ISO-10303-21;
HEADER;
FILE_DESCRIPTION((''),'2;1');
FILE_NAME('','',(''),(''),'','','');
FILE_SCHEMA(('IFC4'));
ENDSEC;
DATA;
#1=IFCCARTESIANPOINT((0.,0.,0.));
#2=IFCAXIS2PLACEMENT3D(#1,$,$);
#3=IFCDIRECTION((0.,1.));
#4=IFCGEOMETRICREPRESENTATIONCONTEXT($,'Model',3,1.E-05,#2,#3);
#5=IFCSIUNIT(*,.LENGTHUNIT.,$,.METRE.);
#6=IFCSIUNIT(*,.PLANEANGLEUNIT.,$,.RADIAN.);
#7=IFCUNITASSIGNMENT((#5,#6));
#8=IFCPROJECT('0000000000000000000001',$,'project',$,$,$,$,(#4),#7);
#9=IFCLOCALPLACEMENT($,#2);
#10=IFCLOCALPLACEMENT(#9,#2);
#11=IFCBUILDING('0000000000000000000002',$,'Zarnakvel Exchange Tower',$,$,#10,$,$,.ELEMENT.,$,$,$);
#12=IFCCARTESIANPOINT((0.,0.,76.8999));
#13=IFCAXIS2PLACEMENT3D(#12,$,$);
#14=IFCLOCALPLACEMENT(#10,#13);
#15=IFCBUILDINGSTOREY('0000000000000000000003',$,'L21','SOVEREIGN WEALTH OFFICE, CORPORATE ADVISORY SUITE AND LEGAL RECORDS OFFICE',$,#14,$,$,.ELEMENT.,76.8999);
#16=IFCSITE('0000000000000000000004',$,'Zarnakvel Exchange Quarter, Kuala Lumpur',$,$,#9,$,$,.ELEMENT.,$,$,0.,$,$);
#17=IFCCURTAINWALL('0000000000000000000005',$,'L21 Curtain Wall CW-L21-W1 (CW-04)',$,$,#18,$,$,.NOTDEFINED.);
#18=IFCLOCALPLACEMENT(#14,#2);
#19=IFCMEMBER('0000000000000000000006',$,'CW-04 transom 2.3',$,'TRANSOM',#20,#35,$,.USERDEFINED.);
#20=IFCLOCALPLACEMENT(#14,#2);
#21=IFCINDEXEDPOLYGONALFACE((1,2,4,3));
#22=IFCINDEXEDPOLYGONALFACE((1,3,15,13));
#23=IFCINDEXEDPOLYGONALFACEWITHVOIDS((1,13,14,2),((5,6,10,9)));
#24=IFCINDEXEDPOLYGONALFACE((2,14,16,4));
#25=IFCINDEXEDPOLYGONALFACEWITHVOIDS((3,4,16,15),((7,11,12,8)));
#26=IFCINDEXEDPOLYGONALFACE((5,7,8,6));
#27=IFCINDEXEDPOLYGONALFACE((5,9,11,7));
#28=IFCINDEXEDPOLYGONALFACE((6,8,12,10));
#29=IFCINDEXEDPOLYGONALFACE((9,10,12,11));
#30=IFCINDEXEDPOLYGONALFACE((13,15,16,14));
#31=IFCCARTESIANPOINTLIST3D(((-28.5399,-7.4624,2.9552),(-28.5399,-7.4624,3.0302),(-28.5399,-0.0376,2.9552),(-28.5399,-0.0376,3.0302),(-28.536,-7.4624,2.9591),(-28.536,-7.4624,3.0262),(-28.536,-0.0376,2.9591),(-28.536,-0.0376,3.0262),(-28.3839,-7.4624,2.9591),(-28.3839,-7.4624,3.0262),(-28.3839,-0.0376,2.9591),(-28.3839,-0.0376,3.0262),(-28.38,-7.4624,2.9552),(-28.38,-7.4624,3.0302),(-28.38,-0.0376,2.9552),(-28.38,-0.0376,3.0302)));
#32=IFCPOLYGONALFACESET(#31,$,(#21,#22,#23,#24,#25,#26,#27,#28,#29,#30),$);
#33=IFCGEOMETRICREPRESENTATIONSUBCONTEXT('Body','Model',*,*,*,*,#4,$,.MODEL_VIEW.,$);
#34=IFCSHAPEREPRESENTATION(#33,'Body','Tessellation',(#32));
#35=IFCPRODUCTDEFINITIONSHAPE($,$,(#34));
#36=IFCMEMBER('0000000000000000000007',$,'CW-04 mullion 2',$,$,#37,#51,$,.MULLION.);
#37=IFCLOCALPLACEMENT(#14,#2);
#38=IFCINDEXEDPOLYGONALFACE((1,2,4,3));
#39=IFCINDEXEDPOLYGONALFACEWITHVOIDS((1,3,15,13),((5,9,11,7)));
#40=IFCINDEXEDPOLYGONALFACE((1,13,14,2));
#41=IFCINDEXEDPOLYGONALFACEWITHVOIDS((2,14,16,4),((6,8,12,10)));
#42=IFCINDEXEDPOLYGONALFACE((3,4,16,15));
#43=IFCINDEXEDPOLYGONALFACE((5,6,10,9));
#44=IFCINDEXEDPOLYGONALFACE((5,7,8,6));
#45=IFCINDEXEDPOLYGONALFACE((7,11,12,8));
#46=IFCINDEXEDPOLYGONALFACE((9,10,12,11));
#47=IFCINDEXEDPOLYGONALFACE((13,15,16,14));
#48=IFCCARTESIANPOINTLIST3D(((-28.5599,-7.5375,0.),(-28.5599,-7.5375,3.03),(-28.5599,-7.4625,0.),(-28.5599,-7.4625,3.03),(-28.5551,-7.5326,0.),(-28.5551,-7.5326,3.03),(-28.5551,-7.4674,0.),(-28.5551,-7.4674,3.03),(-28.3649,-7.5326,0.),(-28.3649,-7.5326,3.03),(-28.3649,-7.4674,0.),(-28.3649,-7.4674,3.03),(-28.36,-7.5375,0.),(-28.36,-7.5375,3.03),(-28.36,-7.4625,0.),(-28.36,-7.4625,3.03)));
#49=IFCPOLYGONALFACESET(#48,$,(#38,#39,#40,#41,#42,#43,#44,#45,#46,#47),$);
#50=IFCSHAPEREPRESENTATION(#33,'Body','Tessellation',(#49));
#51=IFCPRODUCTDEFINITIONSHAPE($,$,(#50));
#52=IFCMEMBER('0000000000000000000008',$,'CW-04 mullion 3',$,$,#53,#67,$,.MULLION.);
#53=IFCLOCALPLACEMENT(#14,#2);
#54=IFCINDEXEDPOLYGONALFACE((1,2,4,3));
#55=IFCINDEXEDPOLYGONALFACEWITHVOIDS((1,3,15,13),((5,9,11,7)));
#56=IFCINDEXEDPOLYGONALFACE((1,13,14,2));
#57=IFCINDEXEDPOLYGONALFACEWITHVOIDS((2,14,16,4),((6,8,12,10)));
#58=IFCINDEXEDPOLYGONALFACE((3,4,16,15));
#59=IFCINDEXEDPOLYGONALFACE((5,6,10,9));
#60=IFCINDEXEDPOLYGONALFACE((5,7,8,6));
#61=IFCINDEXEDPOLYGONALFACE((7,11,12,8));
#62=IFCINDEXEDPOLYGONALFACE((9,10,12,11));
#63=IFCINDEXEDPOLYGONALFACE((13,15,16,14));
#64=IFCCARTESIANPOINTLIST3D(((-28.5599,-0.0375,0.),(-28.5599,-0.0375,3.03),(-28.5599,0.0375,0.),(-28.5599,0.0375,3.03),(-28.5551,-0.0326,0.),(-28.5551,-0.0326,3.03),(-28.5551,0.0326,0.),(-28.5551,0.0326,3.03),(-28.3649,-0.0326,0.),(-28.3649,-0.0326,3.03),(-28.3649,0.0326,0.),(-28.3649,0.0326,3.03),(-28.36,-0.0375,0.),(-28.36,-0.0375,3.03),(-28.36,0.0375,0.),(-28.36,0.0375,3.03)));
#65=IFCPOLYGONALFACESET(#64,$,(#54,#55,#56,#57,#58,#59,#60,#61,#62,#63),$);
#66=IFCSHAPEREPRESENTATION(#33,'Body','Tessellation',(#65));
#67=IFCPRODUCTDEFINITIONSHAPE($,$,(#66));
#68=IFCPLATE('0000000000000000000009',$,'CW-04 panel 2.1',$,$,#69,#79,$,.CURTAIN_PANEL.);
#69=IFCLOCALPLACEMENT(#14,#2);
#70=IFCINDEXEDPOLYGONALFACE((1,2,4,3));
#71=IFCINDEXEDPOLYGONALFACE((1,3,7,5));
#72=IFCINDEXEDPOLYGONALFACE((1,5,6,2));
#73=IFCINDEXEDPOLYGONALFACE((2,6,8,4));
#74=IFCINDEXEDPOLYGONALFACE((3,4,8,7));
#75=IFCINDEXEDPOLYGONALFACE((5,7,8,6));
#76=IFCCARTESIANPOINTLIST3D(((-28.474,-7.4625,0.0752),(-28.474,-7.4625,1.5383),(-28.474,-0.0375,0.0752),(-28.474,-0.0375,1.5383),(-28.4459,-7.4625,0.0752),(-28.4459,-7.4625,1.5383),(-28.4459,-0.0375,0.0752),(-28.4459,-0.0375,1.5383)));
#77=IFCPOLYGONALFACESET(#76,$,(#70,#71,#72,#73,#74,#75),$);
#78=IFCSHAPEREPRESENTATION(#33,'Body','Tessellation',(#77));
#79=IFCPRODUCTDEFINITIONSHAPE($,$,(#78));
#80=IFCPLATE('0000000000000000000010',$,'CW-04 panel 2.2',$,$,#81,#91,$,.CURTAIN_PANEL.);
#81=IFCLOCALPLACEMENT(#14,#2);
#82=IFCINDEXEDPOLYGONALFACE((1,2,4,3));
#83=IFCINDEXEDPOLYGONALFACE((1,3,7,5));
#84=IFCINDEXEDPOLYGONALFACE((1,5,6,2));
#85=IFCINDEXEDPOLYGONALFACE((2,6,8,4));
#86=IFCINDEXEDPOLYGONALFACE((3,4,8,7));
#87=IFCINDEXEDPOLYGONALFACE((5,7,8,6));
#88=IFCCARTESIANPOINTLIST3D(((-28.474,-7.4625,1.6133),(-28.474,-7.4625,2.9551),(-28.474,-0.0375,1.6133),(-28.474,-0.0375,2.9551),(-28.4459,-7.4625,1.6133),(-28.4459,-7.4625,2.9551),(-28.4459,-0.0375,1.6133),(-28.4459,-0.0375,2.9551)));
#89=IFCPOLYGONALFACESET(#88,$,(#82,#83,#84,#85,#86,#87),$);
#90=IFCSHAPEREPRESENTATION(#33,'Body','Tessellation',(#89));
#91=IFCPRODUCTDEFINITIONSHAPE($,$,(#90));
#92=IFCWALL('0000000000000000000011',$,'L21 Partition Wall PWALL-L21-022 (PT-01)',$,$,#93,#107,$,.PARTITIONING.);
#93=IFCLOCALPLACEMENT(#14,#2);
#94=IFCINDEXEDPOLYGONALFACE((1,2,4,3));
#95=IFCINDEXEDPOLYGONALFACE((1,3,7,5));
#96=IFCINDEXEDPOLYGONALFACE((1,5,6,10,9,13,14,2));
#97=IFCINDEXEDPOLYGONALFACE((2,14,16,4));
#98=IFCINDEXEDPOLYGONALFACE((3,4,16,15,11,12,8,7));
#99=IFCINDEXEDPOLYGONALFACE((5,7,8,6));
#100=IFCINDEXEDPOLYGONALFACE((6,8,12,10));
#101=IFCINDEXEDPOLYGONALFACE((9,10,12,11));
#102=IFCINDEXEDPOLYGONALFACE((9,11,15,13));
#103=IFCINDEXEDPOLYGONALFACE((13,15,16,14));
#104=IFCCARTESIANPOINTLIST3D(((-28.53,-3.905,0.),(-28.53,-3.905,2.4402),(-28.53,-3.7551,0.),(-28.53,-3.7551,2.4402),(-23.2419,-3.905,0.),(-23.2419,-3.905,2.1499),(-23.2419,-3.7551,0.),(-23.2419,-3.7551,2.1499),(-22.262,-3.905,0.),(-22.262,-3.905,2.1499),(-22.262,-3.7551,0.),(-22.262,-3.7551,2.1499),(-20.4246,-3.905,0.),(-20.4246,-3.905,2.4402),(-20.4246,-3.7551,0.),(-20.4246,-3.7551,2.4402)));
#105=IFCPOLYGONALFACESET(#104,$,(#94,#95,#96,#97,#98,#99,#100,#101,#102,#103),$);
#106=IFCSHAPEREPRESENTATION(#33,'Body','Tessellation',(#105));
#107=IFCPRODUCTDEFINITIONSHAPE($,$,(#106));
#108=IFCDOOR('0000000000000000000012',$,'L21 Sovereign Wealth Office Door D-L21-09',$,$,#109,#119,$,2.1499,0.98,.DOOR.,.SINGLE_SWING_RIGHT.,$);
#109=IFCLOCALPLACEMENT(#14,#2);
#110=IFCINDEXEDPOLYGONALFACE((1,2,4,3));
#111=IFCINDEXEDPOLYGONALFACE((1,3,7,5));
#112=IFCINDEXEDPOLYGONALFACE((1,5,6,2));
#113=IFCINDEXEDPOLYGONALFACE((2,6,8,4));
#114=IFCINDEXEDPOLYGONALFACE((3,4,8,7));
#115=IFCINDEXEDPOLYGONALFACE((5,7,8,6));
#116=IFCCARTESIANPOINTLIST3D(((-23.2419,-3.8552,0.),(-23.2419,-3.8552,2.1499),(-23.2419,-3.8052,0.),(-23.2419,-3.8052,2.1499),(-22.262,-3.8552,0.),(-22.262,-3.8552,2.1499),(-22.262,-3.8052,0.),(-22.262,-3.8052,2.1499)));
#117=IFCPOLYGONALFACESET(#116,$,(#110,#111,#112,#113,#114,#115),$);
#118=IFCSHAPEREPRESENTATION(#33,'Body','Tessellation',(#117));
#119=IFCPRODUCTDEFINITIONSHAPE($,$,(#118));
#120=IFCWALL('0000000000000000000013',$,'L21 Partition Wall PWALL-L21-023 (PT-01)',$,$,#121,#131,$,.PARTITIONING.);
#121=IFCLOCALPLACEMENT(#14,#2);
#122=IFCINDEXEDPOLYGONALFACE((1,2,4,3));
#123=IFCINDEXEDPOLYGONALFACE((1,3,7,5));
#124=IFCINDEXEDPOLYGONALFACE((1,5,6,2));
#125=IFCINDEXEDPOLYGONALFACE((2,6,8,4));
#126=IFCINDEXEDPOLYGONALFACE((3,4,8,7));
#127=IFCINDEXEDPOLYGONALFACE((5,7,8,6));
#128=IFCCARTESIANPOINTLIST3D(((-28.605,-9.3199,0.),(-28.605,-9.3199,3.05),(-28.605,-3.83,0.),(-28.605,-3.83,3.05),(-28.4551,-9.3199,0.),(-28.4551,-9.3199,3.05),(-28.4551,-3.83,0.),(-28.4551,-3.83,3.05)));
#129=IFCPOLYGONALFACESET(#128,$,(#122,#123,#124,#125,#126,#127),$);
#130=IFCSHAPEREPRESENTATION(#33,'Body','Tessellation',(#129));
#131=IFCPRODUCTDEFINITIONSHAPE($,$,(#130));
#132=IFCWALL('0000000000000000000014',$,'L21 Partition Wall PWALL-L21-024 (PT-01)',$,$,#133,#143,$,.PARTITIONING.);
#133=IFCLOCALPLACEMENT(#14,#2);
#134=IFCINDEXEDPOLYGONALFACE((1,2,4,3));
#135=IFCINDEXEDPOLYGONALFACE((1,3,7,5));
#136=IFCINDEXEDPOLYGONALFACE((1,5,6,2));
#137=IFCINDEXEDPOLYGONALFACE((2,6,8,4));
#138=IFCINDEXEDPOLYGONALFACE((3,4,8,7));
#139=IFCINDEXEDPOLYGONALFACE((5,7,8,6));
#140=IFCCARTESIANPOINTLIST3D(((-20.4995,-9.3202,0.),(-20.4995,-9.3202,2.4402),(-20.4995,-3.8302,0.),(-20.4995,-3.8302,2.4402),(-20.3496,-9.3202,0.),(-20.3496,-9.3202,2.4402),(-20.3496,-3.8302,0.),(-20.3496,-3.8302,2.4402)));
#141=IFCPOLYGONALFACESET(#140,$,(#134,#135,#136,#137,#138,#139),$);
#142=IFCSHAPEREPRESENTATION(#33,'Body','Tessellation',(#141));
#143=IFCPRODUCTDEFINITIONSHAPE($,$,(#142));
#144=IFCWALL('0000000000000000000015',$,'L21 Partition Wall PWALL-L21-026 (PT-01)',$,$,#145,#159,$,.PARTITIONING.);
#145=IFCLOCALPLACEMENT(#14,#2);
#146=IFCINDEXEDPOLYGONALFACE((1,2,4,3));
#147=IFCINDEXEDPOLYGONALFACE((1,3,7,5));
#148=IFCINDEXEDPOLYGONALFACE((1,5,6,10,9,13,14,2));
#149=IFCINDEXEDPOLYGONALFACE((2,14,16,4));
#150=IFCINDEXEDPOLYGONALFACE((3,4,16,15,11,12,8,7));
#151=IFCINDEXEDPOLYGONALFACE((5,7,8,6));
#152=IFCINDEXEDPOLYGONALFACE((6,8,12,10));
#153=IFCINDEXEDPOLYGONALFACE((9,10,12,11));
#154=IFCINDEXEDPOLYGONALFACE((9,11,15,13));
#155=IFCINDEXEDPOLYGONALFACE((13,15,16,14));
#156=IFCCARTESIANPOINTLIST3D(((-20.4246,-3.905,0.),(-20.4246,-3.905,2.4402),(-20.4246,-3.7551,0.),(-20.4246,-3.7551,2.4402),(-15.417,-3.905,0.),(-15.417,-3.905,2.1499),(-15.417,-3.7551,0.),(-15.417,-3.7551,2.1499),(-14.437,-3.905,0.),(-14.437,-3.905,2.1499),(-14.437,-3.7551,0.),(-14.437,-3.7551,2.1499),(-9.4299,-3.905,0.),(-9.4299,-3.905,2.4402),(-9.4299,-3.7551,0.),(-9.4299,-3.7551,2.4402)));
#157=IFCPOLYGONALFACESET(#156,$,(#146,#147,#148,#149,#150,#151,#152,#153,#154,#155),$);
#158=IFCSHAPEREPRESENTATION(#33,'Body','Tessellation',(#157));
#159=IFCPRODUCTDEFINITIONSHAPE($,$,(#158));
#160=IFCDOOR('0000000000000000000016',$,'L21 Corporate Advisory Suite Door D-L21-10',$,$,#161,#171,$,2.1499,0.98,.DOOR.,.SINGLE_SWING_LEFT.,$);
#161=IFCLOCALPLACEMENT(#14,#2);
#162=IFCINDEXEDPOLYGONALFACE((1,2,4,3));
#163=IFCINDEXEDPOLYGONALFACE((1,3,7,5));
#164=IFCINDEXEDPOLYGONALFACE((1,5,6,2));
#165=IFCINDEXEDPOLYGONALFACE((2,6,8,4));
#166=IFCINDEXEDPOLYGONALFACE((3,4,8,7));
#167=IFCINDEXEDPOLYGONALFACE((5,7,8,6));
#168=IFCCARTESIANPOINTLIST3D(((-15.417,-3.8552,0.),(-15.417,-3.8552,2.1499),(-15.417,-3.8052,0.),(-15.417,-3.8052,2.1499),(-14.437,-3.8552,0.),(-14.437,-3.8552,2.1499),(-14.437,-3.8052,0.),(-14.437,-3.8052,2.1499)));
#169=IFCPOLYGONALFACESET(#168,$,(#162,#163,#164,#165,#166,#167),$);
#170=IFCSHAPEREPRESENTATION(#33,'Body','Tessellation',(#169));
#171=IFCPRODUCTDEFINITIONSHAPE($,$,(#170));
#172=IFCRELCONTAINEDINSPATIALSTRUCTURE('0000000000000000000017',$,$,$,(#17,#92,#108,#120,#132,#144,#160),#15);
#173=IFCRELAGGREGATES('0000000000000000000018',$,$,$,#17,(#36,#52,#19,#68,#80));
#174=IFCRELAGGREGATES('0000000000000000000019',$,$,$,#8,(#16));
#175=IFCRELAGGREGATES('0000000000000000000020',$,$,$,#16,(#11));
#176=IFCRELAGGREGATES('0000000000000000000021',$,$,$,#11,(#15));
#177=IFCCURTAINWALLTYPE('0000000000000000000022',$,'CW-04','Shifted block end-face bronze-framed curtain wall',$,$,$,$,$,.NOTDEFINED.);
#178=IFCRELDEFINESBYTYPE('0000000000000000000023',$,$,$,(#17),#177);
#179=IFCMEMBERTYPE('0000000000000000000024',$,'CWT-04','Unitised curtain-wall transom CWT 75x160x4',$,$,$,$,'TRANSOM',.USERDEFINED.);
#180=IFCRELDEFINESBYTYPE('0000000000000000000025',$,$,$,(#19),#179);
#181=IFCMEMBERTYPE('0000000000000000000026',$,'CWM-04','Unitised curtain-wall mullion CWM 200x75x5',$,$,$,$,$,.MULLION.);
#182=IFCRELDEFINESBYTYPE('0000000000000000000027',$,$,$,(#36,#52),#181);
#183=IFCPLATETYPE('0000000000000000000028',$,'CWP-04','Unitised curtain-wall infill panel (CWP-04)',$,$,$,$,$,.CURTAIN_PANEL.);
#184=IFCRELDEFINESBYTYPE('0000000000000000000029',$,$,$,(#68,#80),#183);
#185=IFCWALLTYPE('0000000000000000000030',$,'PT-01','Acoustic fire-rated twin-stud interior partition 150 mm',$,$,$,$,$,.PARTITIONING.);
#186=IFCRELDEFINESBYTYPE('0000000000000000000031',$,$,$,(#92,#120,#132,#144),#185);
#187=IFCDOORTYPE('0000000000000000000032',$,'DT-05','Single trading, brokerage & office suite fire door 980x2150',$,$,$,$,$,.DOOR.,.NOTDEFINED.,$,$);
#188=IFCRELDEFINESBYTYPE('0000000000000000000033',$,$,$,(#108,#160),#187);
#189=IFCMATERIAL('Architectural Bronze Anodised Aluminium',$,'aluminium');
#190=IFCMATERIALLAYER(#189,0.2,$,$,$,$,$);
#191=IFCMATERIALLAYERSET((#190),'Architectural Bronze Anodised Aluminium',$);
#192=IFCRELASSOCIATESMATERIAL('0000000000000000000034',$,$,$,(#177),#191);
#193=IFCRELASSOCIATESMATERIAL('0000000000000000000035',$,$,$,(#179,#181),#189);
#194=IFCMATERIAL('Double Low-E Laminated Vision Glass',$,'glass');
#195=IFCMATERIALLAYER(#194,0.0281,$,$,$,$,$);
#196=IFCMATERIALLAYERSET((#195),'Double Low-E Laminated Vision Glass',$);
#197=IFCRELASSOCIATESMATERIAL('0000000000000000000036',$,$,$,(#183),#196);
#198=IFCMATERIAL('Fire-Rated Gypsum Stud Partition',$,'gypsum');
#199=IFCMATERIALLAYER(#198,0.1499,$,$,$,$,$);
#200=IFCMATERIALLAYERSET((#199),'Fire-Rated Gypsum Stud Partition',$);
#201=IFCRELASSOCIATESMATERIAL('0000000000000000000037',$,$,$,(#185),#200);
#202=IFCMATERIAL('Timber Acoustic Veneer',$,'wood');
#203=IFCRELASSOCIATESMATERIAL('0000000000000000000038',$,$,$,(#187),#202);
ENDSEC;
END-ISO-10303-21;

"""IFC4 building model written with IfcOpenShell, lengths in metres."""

from ifc_helpers import new_model, si_unit, direction, frame, frame_2d, origin, origin_2d, place, context, subcontext, project, spatial, rectangle, hollow_rectangle, extrude, source, transform, mapped, material, layer, layer_set, material_profile, profile_set, type_object, element, fill, aggregate, save


model = new_model("IFC4")

# Units and contexts
model_context = context("Model", 3, precision=1e-05, world=origin(), true_north=direction((0.0, 1.0)))
body_context = subcontext(model_context, "Body", "Model", "MODEL_VIEW")
ifc_project = project(units=[si_unit("LENGTHUNIT", "METRE"), si_unit("PLANEANGLEUNIT", "RADIAN")], contexts=[model_context])

# Site, building, storey
site_placement = place(None, origin())
site = spatial("IfcSite", under=ifc_project, at=site_placement, Name="Zarnakvel Exchange Quarter, Kuala Lumpur", CompositionType="ELEMENT", RefElevation=0.0)
building_placement = place(site_placement, origin())
building = spatial("IfcBuilding", under=site, at=building_placement, Name="Zarnakvel Exchange Tower", CompositionType="ELEMENT")
storey_placement = place(building_placement, frame((0.0, 0.0, 76.8999)))
storey = spatial("IfcBuildingStorey", under=building, at=storey_placement, Name="L21", Description="SOVEREIGN WEALTH OFFICE, CORPORATE ADVISORY SUITE AND LEGAL RECORDS OFFICE", CompositionType="ELEMENT", Elevation=76.8999)

# Curtain wall, members, plates
ifc_material_1 = material(Name="Architectural Bronze Anodised Aluminium", Category="aluminium")
ifc_layer_1 = layer(ifc_material_1, 0.2)
ifc_layer_set_1 = layer_set([ifc_layer_1], Name="Architectural Bronze Anodised Aluminium")
curtain_wall_type = type_object("IfcCurtainWallType", Name="CW-04", Description="Shifted block end-face bronze-framed curtain wall", PredefinedType="NOTDEFINED", material=ifc_layer_set_1)
curtain_wall_placement = place(storey_placement, origin())
curtain_wall = element("IfcCurtainWall", 1, at=curtain_wall_placement, inside=storey, type_object=curtain_wall_type, Name="L21 Curtain Wall CW-L21-W1 (CW-04)", PredefinedType="NOTDEFINED")
ifc_material_profile_1 = material_profile(ifc_material_1, hollow_rectangle(XDim=0.1599, YDim=0.075, WallThickness=0.0039, at=origin_2d()))
ifc_profile_set_1 = profile_set([ifc_material_profile_1], Name="Architectural Bronze Anodised Aluminium")
member_type_1 = type_object("IfcMemberType", Name="CWT-04", Description="Unitised curtain-wall transom CWT 75x160x4", ElementType="TRANSOM", PredefinedType="USERDEFINED", material=ifc_profile_set_1)
shared_shape_1 = source(origin(), body_context, "Body", "SweptSolid", [
    extrude(hollow_rectangle(XDim=0.1599, YDim=0.075, WallThickness=0.0039, at=origin_2d()), origin(), (0.0, 0.0, 1.0), 7.4248),
])
member_1_placement = place(storey_placement, frame((-28.46, -7.4624, 2.9927), z_axis=(0.0, 1.0, 0.0), x_axis=(-1.0, 0.0, 0.0)))
member_1 = element("IfcMember", 2, at=member_1_placement, type_object=member_type_1, Name="CW-04 transom 2.3", ObjectType="TRANSOM", PredefinedType="USERDEFINED", context=body_context, shape_type="MappedRepresentation", body=[
    mapped(shared_shape_1, transform((0.0, 0.0, 0.0), x_axis=(1.0, 0.0, 0.0), y_axis=(0.0, 1.0, 0.0), z_axis=(0.0, 0.0, 1.0), scale=1.0)),
])
ifc_material_profile_2 = material_profile(ifc_material_1, hollow_rectangle(XDim=0.2, YDim=0.075, WallThickness=0.0049, at=origin_2d()))
ifc_profile_set_2 = profile_set([ifc_material_profile_2], Name="Architectural Bronze Anodised Aluminium")
member_type_2 = type_object("IfcMemberType", Name="CWM-04", Description="Unitised curtain-wall mullion CWM 200x75x5", PredefinedType="MULLION", material=ifc_profile_set_2)
shared_shape_2 = source(origin(), body_context, "Body", "SweptSolid", [
    extrude(hollow_rectangle(XDim=0.2, YDim=0.075, WallThickness=0.0049, at=origin_2d()), origin(), (0.0, 0.0, 1.0), 3.03),
])
member_2_placement = place(storey_placement, frame((-28.46, -7.5, 0.0), z_axis=(0.0, 0.0, 1.0), x_axis=(-1.0, 0.0, 0.0)))
member_2 = element("IfcMember", 3, at=member_2_placement, type_object=member_type_2, Name="CW-04 mullion 2", PredefinedType="MULLION", context=body_context, shape_type="MappedRepresentation", body=[
    mapped(shared_shape_2, transform((0.0, 0.0, 0.0), x_axis=(1.0, 0.0, 0.0), y_axis=(0.0, 1.0, 0.0), z_axis=(0.0, 0.0, 1.0), scale=1.0)),
])
member_3_placement = place(storey_placement, frame((-28.46, 0.0, 0.0), z_axis=(0.0, 0.0, 1.0), x_axis=(-1.0, 0.0, 0.0)))
member_3 = element("IfcMember", 4, at=member_3_placement, type_object=member_type_2, Name="CW-04 mullion 3", PredefinedType="MULLION", context=body_context, shape_type="MappedRepresentation", body=[
    mapped(shared_shape_2, transform((0.0, 0.0, 0.0), x_axis=(1.0, 0.0, 0.0), y_axis=(0.0, 1.0, 0.0), z_axis=(0.0, 0.0, 1.0), scale=1.0)),
])
ifc_material_2 = material(Name="Double Low-E Laminated Vision Glass", Category="glass")
ifc_layer_2 = layer(ifc_material_2, 0.0281)
ifc_layer_set_2 = layer_set([ifc_layer_2], Name="Double Low-E Laminated Vision Glass")
plate_type = type_object("IfcPlateType", Name="CWP-04", Description="Unitised curtain-wall infill panel (CWP-04)", PredefinedType="CURTAIN_PANEL", material=ifc_layer_set_2)
shared_shape_3 = source(origin(), body_context, "Body", "SweptSolid", [
    extrude(rectangle(XDim=7.425, YDim=0.0281, at=origin_2d()), origin(), (0.0, 0.0, 1.0), 1.4631),
])
plate_1_placement = place(storey_placement, frame((-28.46, -3.75, 0.0752), z_axis=(0.0, 0.0, 1.0), x_axis=(0.0, 1.0, 0.0)))
plate_1 = element("IfcPlate", 5, at=plate_1_placement, type_object=plate_type, Name="CW-04 panel 2.1", PredefinedType="CURTAIN_PANEL", context=body_context, shape_type="MappedRepresentation", body=[
    mapped(shared_shape_3, transform((0.0, 0.0, 0.0), x_axis=(1.0, 0.0, 0.0), y_axis=(0.0, 1.0, 0.0), z_axis=(0.0, 0.0, 1.0), scale=1.0)),
])
shared_shape_4 = source(origin(), body_context, "Body", "SweptSolid", [
    extrude(rectangle(XDim=7.425, YDim=0.0281, at=origin_2d()), origin(), (0.0, 0.0, 1.0), 1.3418),
])
plate_2_placement = place(storey_placement, frame((-28.46, -3.75, 1.6133), z_axis=(0.0, 0.0, 1.0), x_axis=(0.0, 1.0, 0.0)))
plate_2 = element("IfcPlate", 6, at=plate_2_placement, type_object=plate_type, Name="CW-04 panel 2.2", PredefinedType="CURTAIN_PANEL", context=body_context, shape_type="MappedRepresentation", body=[
    mapped(shared_shape_4, transform((0.0, 0.0, 0.0), x_axis=(1.0, 0.0, 0.0), y_axis=(0.0, 1.0, 0.0), z_axis=(0.0, 0.0, 1.0), scale=1.0)),
])
aggregate(curtain_wall, [member_2, member_3, member_1, plate_1, plate_2])

# Wall, opening, door
ifc_material_3 = material(Name="Fire-Rated Gypsum Stud Partition", Category="gypsum")
ifc_layer_3 = layer(ifc_material_3, 0.1499)
ifc_layer_set_3 = layer_set([ifc_layer_3], Name="Fire-Rated Gypsum Stud Partition")
wall_type = type_object("IfcWallType", Name="PT-01", Description="Acoustic fire-rated twin-stud interior partition 150 mm", PredefinedType="PARTITIONING", material=ifc_layer_set_3)
wall_1_placement = place(storey_placement, frame((-28.53, -3.8301, 0.0), z_axis=(0.0, 0.0, 1.0), x_axis=(1.0, 0.0, 0.0)))
wall_1 = element("IfcWall", 7, at=wall_1_placement, inside=storey, type_object=wall_type, Name="L21 Partition Wall PWALL-L21-022 (PT-01)", PredefinedType="PARTITIONING", context=body_context, shape_type="SweptSolid", body=[
    extrude(rectangle(XDim=8.1055, YDim=0.1499, at=frame_2d((4.0527, 0.0))), origin(), (0.0, 0.0, 1.0), 2.4402),
])
opening_1_placement = place(wall_1_placement, frame((5.2881, 0.0, 0.0)))
opening_1 = element("IfcOpeningElement", 8, at=opening_1_placement, cuts=wall_1, PredefinedType="OPENING", context=body_context, shape_type="SweptSolid", body=[
    extrude(rectangle(XDim=0.98, YDim=2.1499, at=frame_2d((0.49, 1.075))), frame((0.0, 0.085, 0.0), z_axis=(0.0, -1.0, 0.0), x_axis=(1.0, 0.0, 0.0)), (0.0, 0.0, 1.0), 0.1699),
])
ifc_material_4 = material(Name="Timber Acoustic Veneer", Category="wood")
door_type = type_object("IfcDoorType", Name="DT-05", Description="Single trading, brokerage & office suite fire door 980x2150", OperationType="NOTDEFINED", PredefinedType="DOOR", material=ifc_material_4)
shared_shape_5 = source(origin(), body_context, "Body", "SweptSolid", [
    extrude(rectangle(XDim=0.98, YDim=2.1499, at=frame_2d((0.49, 1.075))), frame((0.0, 0.0249, 0.0), z_axis=(0.0, -1.0, 0.0), x_axis=(1.0, 0.0, 0.0)), (0.0, 0.0, 1.0), 0.05),
])
door_1_placement = place(opening_1_placement, origin())
door_1 = element("IfcDoor", 9, at=door_1_placement, inside=storey, type_object=door_type, Name="L21 Sovereign Wealth Office Door D-L21-09", OperationType="SINGLE_SWING_RIGHT", OverallHeight=2.1499, OverallWidth=0.98, PredefinedType="DOOR", context=body_context, shape_type="MappedRepresentation", body=[
    mapped(shared_shape_5, transform((0.0, 0.0, 0.0), x_axis=(1.0, 0.0, 0.0), y_axis=(0.0, 1.0, 0.0), z_axis=(0.0, 0.0, 1.0), scale=1.0)),
])
fill(opening_1, door_1)

# Walls
wall_2_placement = place(storey_placement, frame((-28.53, -9.3201, 0.0), z_axis=(0.0, 0.0, 1.0), x_axis=(0.0, 1.0, 0.0)))
element("IfcWall", 10, at=wall_2_placement, inside=storey, type_object=wall_type, Name="L21 Partition Wall PWALL-L21-023 (PT-01)", PredefinedType="PARTITIONING", context=body_context, shape_type="SweptSolid", body=[
    extrude(rectangle(XDim=5.49, YDim=0.1499, at=frame_2d((2.7451, 0.0))), origin(), (0.0, 0.0, 1.0), 3.05),
])
wall_3_placement = place(storey_placement, frame((-20.4246, -3.8301, 0.0), z_axis=(0.0, 0.0, 1.0), x_axis=(0.0, -1.0, 0.0)))
element("IfcWall", 11, at=wall_3_placement, inside=storey, type_object=wall_type, Name="L21 Partition Wall PWALL-L21-024 (PT-01)", PredefinedType="PARTITIONING", context=body_context, shape_type="SweptSolid", body=[
    extrude(rectangle(XDim=5.49, YDim=0.1499, at=frame_2d((2.7451, 0.0))), origin(), (0.0, 0.0, 1.0), 2.4402),
])

# Wall, opening, door
wall_4_placement = place(storey_placement, frame((-20.4246, -3.8301, 0.0), z_axis=(0.0, 0.0, 1.0), x_axis=(1.0, 0.0, 0.0)))
wall_4 = element("IfcWall", 12, at=wall_4_placement, inside=storey, type_object=wall_type, Name="L21 Partition Wall PWALL-L21-026 (PT-01)", PredefinedType="PARTITIONING", context=body_context, shape_type="SweptSolid", body=[
    extrude(rectangle(XDim=10.9946, YDim=0.1499, at=frame_2d((5.4973, 0.0))), origin(), (0.0, 0.0, 1.0), 2.4402),
])
opening_2_placement = place(wall_4_placement, frame((5.0076, 0.0, 0.0)))
opening_2 = element("IfcOpeningElement", 13, at=opening_2_placement, cuts=wall_4, PredefinedType="OPENING", context=body_context, shape_type="SweptSolid", body=[
    extrude(rectangle(XDim=0.98, YDim=2.1499, at=frame_2d((0.49, 1.075))), frame((0.0, 0.085, 0.0), z_axis=(0.0, -1.0, 0.0), x_axis=(1.0, 0.0, 0.0)), (0.0, 0.0, 1.0), 0.1699),
])
door_2_placement = place(opening_2_placement, origin())
door_2 = element("IfcDoor", 14, at=door_2_placement, inside=storey, type_object=door_type, Name="L21 Corporate Advisory Suite Door D-L21-10", OperationType="SINGLE_SWING_LEFT", OverallHeight=2.1499, OverallWidth=0.98, PredefinedType="DOOR", context=body_context, shape_type="MappedRepresentation", body=[
    mapped(shared_shape_5, transform((0.0, 0.0, 0.0), x_axis=(1.0, 0.0, 0.0), y_axis=(0.0, 1.0, 0.0), z_axis=(0.0, 0.0, 1.0), scale=1.0)),
])
fill(opening_2, door_2)

save(model, "model.ifc")
